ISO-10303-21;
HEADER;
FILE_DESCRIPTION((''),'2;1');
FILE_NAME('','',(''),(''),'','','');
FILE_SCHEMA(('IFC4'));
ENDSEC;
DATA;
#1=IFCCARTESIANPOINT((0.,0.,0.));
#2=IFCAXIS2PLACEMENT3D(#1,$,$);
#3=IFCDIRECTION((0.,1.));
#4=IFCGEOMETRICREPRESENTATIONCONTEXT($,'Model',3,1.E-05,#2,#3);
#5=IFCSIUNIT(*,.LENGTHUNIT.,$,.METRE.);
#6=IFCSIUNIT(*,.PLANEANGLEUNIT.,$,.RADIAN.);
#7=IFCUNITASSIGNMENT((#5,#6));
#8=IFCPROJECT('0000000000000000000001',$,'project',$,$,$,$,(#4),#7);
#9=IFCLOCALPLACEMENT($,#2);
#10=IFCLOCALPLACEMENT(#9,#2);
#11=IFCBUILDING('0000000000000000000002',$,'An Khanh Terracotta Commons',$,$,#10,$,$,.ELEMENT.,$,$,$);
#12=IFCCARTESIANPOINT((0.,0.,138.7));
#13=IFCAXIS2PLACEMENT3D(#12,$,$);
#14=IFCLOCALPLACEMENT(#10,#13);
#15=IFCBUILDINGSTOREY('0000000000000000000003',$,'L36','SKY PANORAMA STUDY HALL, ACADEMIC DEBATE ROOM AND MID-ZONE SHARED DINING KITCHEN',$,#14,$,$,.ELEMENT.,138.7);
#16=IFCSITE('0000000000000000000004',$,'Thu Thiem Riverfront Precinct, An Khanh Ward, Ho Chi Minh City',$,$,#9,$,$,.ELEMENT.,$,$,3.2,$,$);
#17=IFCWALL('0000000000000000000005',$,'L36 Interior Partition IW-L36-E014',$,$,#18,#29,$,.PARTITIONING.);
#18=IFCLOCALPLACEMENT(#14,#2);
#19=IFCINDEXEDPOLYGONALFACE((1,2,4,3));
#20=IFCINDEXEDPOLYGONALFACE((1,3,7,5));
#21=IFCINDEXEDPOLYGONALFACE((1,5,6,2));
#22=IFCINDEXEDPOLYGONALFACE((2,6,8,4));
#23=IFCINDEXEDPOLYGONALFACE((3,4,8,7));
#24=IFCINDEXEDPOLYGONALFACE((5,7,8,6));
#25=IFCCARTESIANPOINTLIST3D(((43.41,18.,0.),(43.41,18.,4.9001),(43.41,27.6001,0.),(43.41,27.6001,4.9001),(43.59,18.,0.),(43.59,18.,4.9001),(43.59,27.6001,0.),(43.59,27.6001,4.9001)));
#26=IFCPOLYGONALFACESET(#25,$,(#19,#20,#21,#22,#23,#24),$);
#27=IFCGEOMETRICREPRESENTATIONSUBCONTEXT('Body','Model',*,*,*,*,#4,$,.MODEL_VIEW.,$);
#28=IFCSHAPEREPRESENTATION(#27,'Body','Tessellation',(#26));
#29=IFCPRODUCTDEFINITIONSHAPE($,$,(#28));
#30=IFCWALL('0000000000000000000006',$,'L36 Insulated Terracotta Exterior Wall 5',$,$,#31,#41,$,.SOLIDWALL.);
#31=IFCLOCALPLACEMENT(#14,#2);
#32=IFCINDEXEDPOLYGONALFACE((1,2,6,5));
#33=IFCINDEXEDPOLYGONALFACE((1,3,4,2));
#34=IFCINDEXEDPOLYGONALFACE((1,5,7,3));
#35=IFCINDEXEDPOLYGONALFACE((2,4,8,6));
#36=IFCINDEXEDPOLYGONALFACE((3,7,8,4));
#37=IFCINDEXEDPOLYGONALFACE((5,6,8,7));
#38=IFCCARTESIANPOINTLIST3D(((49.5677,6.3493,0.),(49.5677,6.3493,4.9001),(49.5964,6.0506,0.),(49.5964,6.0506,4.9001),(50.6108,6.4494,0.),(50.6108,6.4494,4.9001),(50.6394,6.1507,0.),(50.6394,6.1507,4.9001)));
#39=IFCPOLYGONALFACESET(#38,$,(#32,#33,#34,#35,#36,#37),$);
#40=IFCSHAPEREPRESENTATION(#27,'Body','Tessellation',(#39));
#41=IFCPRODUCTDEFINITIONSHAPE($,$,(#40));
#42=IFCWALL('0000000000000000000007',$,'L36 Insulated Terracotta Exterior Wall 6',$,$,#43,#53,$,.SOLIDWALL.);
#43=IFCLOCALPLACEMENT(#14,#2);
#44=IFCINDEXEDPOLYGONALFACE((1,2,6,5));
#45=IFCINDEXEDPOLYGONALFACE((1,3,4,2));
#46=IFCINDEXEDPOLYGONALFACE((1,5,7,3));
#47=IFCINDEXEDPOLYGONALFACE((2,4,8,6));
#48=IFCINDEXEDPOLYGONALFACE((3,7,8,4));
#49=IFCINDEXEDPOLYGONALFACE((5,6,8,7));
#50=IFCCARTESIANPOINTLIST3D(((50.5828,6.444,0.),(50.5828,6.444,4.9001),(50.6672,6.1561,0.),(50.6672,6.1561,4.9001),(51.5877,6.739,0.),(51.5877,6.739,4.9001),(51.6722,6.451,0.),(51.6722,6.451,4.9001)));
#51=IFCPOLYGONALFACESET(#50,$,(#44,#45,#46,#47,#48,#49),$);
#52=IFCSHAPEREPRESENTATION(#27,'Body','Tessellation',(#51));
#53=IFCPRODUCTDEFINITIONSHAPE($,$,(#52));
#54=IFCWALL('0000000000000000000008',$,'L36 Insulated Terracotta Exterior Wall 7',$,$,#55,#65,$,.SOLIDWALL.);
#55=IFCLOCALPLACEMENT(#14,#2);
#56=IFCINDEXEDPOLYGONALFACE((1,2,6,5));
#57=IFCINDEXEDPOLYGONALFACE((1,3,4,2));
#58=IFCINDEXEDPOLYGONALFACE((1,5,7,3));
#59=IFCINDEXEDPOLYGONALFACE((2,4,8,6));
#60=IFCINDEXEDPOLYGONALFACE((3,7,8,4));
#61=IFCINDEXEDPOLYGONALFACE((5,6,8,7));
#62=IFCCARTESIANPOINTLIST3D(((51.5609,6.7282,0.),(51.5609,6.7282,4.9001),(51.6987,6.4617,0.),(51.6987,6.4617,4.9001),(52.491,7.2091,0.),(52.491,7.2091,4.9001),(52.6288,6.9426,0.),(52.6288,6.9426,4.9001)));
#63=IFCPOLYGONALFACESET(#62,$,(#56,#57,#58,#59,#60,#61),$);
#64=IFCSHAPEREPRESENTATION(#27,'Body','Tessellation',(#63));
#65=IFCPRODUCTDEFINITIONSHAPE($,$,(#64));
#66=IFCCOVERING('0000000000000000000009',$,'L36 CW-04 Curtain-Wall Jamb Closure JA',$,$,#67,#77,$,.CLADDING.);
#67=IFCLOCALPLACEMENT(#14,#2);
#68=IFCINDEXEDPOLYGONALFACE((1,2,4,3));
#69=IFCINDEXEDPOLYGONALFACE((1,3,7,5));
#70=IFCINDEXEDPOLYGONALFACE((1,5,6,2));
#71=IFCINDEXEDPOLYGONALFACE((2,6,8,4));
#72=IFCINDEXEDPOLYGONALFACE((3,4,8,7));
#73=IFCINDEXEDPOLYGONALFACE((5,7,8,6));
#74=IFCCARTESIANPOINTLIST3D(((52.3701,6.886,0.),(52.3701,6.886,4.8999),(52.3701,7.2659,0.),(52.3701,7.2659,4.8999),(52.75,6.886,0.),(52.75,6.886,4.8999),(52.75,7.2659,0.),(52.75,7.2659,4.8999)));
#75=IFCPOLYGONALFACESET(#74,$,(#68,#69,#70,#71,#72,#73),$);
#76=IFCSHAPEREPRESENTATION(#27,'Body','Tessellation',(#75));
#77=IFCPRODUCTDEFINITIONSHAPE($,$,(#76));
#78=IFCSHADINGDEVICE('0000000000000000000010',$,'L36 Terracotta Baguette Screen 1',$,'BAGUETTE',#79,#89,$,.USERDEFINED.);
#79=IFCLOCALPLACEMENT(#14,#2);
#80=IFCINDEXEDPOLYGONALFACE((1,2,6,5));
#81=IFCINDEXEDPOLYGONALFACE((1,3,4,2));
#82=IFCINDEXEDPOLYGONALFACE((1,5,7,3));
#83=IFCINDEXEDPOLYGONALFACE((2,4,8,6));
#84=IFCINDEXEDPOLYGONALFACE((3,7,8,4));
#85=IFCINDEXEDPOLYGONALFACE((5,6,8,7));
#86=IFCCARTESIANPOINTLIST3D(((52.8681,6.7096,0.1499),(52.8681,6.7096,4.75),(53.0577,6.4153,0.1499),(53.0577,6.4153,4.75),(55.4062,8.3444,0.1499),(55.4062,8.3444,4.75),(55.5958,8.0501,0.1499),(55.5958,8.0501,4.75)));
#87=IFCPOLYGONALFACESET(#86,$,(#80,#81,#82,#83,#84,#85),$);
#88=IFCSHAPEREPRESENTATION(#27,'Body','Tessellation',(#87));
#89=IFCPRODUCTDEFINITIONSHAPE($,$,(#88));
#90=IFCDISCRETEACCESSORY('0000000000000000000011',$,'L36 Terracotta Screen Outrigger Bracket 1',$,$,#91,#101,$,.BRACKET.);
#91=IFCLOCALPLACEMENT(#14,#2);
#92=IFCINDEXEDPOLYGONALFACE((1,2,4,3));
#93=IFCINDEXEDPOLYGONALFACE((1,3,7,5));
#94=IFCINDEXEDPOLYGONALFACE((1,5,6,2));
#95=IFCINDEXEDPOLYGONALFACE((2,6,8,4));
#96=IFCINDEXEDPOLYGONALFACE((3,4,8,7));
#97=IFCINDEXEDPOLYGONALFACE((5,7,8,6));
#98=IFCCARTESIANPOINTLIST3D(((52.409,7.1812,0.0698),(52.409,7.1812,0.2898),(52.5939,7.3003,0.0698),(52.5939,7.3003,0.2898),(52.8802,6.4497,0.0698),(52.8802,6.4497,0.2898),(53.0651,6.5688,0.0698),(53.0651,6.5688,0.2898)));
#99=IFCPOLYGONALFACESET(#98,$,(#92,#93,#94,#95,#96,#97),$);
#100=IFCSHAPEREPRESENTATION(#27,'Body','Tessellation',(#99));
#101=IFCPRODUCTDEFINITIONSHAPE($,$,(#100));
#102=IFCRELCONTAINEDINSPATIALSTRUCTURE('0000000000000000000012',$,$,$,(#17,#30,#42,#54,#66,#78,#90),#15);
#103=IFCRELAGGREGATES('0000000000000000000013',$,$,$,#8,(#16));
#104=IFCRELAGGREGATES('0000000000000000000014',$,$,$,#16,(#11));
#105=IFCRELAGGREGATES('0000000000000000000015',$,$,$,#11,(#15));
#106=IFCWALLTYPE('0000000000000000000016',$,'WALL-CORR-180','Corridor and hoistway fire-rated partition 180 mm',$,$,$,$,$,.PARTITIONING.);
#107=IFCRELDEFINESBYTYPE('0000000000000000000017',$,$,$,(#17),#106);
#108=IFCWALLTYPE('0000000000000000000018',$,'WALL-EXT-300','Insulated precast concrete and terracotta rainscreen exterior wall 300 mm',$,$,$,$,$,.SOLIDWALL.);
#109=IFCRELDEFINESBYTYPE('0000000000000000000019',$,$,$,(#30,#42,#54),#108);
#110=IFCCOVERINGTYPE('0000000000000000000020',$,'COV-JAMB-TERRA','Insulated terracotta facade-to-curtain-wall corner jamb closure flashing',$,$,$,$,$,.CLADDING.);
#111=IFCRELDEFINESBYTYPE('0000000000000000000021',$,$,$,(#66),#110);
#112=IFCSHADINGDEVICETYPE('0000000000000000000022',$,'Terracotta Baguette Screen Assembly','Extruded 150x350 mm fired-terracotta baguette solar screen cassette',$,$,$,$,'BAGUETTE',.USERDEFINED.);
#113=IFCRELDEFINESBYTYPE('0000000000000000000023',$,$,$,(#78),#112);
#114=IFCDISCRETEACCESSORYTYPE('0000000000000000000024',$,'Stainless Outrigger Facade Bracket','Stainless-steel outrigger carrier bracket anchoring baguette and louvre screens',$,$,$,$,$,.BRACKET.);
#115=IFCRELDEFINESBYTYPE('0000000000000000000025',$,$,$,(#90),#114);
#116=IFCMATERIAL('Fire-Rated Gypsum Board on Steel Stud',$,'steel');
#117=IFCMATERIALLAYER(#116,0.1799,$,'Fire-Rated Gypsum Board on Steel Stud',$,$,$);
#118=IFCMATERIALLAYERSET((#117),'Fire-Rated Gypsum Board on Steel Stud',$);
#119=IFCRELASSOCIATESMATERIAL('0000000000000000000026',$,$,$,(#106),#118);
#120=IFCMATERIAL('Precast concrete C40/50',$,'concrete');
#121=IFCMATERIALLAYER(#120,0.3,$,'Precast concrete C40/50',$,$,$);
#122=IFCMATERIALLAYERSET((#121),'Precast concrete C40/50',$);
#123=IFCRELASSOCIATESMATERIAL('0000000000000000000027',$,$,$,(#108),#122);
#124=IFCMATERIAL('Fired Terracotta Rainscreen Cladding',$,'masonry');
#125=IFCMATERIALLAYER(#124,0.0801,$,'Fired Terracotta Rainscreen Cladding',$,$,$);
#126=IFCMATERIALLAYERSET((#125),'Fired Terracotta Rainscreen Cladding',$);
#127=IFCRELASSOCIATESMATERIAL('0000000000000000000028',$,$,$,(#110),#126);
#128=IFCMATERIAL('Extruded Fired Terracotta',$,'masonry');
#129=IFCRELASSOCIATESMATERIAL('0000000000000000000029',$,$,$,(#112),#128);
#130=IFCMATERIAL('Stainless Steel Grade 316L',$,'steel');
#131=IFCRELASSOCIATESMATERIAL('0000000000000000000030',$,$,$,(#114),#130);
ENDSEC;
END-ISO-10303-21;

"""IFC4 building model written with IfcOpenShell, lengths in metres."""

from ifc_helpers import new_model, si_unit, direction, frame, frame_2d, origin, origin_2d, place, context, subcontext, project, spatial, rectangle, extrude, material, layer, layer_set, type_object, element, save


model = new_model("IFC4")

# Units and contexts
model_context = context("Model", 3, precision=1e-05, world=origin(), true_north=direction((0.0, 1.0)))
body_context = subcontext(model_context, "Body", "Model", "MODEL_VIEW")
ifc_project = project(units=[si_unit("LENGTHUNIT", "METRE"), si_unit("PLANEANGLEUNIT", "RADIAN")], contexts=[model_context])

# Site, building, storey
site_placement = place(None, origin())
site = spatial("IfcSite", under=ifc_project, at=site_placement, Name="Thu Thiem Riverfront Precinct, An Khanh Ward, Ho Chi Minh City", CompositionType="ELEMENT", RefElevation=3.2)
building_placement = place(site_placement, origin())
building = spatial("IfcBuilding", under=site, at=building_placement, Name="An Khanh Terracotta Commons", CompositionType="ELEMENT")
storey_placement = place(building_placement, frame((0.0, 0.0, 138.7)))
storey = spatial("IfcBuildingStorey", under=building, at=storey_placement, Name="L36", Description="SKY PANORAMA STUDY HALL, ACADEMIC DEBATE ROOM AND MID-ZONE SHARED DINING KITCHEN", CompositionType="ELEMENT", Elevation=138.7)

# Walls
ifc_material_1 = material(Name="Fire-Rated Gypsum Board on Steel Stud", Category="steel")
ifc_layer_1 = layer(ifc_material_1, 0.1799, Name="Fire-Rated Gypsum Board on Steel Stud")
ifc_layer_set_1 = layer_set([ifc_layer_1], Name="Fire-Rated Gypsum Board on Steel Stud")
wall_type_1 = type_object("IfcWallType", Name="WALL-CORR-180", Description="Corridor and hoistway fire-rated partition 180 mm", PredefinedType="PARTITIONING", material=ifc_layer_set_1)
wall_1_placement = place(storey_placement, frame((43.5, 18.0, 0.0), z_axis=(0.0, 0.0, 1.0), x_axis=(0.0, 1.0, 0.0)))
element("IfcWall", 1, at=wall_1_placement, inside=storey, type_object=wall_type_1, Name="L36 Interior Partition IW-L36-E014", PredefinedType="PARTITIONING", context=body_context, shape_type="SweptSolid", body=[
    extrude(rectangle(XDim=9.6001, YDim=0.1799, at=frame_2d((4.8, 0.0))), origin(), (0.0, 0.0, 1.0), 4.9001),
])
ifc_material_2 = material(Name="Precast concrete C40/50", Category="concrete")
ifc_layer_2 = layer(ifc_material_2, 0.3, Name="Precast concrete C40/50")
ifc_layer_set_2 = layer_set([ifc_layer_2], Name="Precast concrete C40/50")
wall_type_2 = type_object("IfcWallType", Name="WALL-EXT-300", Description="Insulated precast concrete and terracotta rainscreen exterior wall 300 mm", PredefinedType="SOLIDWALL", material=ifc_layer_set_2)
wall_2_placement = place(storey_placement, frame((49.582, 6.2, 0.0), z_axis=(0.0, 0.0, 1.0), x_axis=(0.995426, 0.095535, 0.0)))
element("IfcWall", 2, at=wall_2_placement, inside=storey, type_object=wall_type_2, Name="L36 Insulated Terracotta Exterior Wall 5", PredefinedType="SOLIDWALL", context=body_context, shape_type="SweptSolid", body=[
    extrude(rectangle(XDim=1.0479, YDim=0.3, at=frame_2d((0.5239, 0.0))), origin(), (0.0, 0.0, 1.0), 4.9001),
])
wall_3_placement = place(storey_placement, frame((50.625, 6.3, 0.0), z_axis=(0.0, 0.0, 1.0), x_axis=(0.959529, 0.281611, 0.0)))
element("IfcWall", 3, at=wall_3_placement, inside=storey, type_object=wall_type_2, Name="L36 Insulated Terracotta Exterior Wall 6", PredefinedType="SOLIDWALL", context=body_context, shape_type="SweptSolid", body=[
    extrude(rectangle(XDim=1.0474, YDim=0.3, at=frame_2d((0.5237, 0.0))), origin(), (0.0, 0.0, 1.0), 4.9001),
])
wall_4_placement = place(storey_placement, frame((51.6299, 6.595, 0.0), z_axis=(0.0, 0.0, 1.0), x_axis=(0.888283, 0.459296, 0.0)))
element("IfcWall", 4, at=wall_4_placement, inside=storey, type_object=wall_type_2, Name="L36 Insulated Terracotta Exterior Wall 7", PredefinedType="SOLIDWALL", context=body_context, shape_type="SweptSolid", body=[
    extrude(rectangle(XDim=1.0471, YDim=0.3, at=frame_2d((0.5234, 0.0))), origin(), (0.0, 0.0, 1.0), 4.9001),
])

# Covering
ifc_material_3 = material(Name="Fired Terracotta Rainscreen Cladding", Category="masonry")
ifc_layer_3 = layer(ifc_material_3, 0.0801, Name="Fired Terracotta Rainscreen Cladding")
ifc_layer_set_3 = layer_set([ifc_layer_3], Name="Fired Terracotta Rainscreen Cladding")
covering_type = type_object("IfcCoveringType", Name="COV-JAMB-TERRA", Description="Insulated terracotta facade-to-curtain-wall corner jamb closure flashing", PredefinedType="CLADDING", material=ifc_layer_set_3)
covering_placement = place(storey_placement, frame((52.5601, 7.0759, 0.0), z_axis=(0.0, 0.0, 1.0), x_axis=(1.0, 0.0, 0.0)))
element("IfcCovering", 5, at=covering_placement, inside=storey, type_object=covering_type, Name="L36 CW-04 Curtain-Wall Jamb Closure JA", PredefinedType="CLADDING", context=body_context, shape_type="SweptSolid", body=[
    extrude(rectangle(XDim=0.3799, YDim=0.3799, at=origin_2d()), origin(), (0.0, 0.0, 1.0), 4.8999),
])

# Shading device
ifc_material_4 = material(Name="Extruded Fired Terracotta", Category="masonry")
shading_device_type = type_object("IfcShadingDeviceType", Name="Terracotta Baguette Screen Assembly", Description="Extruded 150x350 mm fired-terracotta baguette solar screen cassette", ElementType="BAGUETTE", PredefinedType="USERDEFINED", material=ifc_material_4)
shading_device_placement = place(storey_placement, frame((54.2319, 7.3799, 0.1499), z_axis=(0.0, 0.0, 1.0), x_axis=(0.840702, 0.541498, 0.0)))
element("IfcShadingDevice", 6, at=shading_device_placement, inside=storey, type_object=shading_device_type, Name="L36 Terracotta Baguette Screen 1", ObjectType="BAGUETTE", PredefinedType="USERDEFINED", context=body_context, shape_type="SweptSolid", body=[
    extrude(rectangle(XDim=3.019, YDim=0.3501, at=origin_2d()), origin(), (0.0, 0.0, 1.0), 4.6001),
])

# Discrete accessory
ifc_material_5 = material(Name="Stainless Steel Grade 316L", Category="steel")
discrete_accessory_type = type_object("IfcDiscreteAccessoryType", Name="Stainless Outrigger Facade Bracket", Description="Stainless-steel outrigger carrier bracket anchoring baguette and louvre screens", PredefinedType="BRACKET", material=ifc_material_5)
discrete_accessory_placement = place(storey_placement, frame((52.7371, 6.875, 0.0698), z_axis=(0.0, 0.0, 1.0), x_axis=(0.840702, 0.541498, 0.0)))
element("IfcDiscreteAccessory", 7, at=discrete_accessory_placement, inside=storey, type_object=discrete_accessory_type, Name="L36 Terracotta Screen Outrigger Bracket 1", PredefinedType="BRACKET", context=body_context, shape_type="SweptSolid", body=[
    extrude(rectangle(XDim=0.22, YDim=0.8701, at=origin_2d()), origin(), (0.0, 0.0, 1.0), 0.22),
])

save(model, "model.ifc")
